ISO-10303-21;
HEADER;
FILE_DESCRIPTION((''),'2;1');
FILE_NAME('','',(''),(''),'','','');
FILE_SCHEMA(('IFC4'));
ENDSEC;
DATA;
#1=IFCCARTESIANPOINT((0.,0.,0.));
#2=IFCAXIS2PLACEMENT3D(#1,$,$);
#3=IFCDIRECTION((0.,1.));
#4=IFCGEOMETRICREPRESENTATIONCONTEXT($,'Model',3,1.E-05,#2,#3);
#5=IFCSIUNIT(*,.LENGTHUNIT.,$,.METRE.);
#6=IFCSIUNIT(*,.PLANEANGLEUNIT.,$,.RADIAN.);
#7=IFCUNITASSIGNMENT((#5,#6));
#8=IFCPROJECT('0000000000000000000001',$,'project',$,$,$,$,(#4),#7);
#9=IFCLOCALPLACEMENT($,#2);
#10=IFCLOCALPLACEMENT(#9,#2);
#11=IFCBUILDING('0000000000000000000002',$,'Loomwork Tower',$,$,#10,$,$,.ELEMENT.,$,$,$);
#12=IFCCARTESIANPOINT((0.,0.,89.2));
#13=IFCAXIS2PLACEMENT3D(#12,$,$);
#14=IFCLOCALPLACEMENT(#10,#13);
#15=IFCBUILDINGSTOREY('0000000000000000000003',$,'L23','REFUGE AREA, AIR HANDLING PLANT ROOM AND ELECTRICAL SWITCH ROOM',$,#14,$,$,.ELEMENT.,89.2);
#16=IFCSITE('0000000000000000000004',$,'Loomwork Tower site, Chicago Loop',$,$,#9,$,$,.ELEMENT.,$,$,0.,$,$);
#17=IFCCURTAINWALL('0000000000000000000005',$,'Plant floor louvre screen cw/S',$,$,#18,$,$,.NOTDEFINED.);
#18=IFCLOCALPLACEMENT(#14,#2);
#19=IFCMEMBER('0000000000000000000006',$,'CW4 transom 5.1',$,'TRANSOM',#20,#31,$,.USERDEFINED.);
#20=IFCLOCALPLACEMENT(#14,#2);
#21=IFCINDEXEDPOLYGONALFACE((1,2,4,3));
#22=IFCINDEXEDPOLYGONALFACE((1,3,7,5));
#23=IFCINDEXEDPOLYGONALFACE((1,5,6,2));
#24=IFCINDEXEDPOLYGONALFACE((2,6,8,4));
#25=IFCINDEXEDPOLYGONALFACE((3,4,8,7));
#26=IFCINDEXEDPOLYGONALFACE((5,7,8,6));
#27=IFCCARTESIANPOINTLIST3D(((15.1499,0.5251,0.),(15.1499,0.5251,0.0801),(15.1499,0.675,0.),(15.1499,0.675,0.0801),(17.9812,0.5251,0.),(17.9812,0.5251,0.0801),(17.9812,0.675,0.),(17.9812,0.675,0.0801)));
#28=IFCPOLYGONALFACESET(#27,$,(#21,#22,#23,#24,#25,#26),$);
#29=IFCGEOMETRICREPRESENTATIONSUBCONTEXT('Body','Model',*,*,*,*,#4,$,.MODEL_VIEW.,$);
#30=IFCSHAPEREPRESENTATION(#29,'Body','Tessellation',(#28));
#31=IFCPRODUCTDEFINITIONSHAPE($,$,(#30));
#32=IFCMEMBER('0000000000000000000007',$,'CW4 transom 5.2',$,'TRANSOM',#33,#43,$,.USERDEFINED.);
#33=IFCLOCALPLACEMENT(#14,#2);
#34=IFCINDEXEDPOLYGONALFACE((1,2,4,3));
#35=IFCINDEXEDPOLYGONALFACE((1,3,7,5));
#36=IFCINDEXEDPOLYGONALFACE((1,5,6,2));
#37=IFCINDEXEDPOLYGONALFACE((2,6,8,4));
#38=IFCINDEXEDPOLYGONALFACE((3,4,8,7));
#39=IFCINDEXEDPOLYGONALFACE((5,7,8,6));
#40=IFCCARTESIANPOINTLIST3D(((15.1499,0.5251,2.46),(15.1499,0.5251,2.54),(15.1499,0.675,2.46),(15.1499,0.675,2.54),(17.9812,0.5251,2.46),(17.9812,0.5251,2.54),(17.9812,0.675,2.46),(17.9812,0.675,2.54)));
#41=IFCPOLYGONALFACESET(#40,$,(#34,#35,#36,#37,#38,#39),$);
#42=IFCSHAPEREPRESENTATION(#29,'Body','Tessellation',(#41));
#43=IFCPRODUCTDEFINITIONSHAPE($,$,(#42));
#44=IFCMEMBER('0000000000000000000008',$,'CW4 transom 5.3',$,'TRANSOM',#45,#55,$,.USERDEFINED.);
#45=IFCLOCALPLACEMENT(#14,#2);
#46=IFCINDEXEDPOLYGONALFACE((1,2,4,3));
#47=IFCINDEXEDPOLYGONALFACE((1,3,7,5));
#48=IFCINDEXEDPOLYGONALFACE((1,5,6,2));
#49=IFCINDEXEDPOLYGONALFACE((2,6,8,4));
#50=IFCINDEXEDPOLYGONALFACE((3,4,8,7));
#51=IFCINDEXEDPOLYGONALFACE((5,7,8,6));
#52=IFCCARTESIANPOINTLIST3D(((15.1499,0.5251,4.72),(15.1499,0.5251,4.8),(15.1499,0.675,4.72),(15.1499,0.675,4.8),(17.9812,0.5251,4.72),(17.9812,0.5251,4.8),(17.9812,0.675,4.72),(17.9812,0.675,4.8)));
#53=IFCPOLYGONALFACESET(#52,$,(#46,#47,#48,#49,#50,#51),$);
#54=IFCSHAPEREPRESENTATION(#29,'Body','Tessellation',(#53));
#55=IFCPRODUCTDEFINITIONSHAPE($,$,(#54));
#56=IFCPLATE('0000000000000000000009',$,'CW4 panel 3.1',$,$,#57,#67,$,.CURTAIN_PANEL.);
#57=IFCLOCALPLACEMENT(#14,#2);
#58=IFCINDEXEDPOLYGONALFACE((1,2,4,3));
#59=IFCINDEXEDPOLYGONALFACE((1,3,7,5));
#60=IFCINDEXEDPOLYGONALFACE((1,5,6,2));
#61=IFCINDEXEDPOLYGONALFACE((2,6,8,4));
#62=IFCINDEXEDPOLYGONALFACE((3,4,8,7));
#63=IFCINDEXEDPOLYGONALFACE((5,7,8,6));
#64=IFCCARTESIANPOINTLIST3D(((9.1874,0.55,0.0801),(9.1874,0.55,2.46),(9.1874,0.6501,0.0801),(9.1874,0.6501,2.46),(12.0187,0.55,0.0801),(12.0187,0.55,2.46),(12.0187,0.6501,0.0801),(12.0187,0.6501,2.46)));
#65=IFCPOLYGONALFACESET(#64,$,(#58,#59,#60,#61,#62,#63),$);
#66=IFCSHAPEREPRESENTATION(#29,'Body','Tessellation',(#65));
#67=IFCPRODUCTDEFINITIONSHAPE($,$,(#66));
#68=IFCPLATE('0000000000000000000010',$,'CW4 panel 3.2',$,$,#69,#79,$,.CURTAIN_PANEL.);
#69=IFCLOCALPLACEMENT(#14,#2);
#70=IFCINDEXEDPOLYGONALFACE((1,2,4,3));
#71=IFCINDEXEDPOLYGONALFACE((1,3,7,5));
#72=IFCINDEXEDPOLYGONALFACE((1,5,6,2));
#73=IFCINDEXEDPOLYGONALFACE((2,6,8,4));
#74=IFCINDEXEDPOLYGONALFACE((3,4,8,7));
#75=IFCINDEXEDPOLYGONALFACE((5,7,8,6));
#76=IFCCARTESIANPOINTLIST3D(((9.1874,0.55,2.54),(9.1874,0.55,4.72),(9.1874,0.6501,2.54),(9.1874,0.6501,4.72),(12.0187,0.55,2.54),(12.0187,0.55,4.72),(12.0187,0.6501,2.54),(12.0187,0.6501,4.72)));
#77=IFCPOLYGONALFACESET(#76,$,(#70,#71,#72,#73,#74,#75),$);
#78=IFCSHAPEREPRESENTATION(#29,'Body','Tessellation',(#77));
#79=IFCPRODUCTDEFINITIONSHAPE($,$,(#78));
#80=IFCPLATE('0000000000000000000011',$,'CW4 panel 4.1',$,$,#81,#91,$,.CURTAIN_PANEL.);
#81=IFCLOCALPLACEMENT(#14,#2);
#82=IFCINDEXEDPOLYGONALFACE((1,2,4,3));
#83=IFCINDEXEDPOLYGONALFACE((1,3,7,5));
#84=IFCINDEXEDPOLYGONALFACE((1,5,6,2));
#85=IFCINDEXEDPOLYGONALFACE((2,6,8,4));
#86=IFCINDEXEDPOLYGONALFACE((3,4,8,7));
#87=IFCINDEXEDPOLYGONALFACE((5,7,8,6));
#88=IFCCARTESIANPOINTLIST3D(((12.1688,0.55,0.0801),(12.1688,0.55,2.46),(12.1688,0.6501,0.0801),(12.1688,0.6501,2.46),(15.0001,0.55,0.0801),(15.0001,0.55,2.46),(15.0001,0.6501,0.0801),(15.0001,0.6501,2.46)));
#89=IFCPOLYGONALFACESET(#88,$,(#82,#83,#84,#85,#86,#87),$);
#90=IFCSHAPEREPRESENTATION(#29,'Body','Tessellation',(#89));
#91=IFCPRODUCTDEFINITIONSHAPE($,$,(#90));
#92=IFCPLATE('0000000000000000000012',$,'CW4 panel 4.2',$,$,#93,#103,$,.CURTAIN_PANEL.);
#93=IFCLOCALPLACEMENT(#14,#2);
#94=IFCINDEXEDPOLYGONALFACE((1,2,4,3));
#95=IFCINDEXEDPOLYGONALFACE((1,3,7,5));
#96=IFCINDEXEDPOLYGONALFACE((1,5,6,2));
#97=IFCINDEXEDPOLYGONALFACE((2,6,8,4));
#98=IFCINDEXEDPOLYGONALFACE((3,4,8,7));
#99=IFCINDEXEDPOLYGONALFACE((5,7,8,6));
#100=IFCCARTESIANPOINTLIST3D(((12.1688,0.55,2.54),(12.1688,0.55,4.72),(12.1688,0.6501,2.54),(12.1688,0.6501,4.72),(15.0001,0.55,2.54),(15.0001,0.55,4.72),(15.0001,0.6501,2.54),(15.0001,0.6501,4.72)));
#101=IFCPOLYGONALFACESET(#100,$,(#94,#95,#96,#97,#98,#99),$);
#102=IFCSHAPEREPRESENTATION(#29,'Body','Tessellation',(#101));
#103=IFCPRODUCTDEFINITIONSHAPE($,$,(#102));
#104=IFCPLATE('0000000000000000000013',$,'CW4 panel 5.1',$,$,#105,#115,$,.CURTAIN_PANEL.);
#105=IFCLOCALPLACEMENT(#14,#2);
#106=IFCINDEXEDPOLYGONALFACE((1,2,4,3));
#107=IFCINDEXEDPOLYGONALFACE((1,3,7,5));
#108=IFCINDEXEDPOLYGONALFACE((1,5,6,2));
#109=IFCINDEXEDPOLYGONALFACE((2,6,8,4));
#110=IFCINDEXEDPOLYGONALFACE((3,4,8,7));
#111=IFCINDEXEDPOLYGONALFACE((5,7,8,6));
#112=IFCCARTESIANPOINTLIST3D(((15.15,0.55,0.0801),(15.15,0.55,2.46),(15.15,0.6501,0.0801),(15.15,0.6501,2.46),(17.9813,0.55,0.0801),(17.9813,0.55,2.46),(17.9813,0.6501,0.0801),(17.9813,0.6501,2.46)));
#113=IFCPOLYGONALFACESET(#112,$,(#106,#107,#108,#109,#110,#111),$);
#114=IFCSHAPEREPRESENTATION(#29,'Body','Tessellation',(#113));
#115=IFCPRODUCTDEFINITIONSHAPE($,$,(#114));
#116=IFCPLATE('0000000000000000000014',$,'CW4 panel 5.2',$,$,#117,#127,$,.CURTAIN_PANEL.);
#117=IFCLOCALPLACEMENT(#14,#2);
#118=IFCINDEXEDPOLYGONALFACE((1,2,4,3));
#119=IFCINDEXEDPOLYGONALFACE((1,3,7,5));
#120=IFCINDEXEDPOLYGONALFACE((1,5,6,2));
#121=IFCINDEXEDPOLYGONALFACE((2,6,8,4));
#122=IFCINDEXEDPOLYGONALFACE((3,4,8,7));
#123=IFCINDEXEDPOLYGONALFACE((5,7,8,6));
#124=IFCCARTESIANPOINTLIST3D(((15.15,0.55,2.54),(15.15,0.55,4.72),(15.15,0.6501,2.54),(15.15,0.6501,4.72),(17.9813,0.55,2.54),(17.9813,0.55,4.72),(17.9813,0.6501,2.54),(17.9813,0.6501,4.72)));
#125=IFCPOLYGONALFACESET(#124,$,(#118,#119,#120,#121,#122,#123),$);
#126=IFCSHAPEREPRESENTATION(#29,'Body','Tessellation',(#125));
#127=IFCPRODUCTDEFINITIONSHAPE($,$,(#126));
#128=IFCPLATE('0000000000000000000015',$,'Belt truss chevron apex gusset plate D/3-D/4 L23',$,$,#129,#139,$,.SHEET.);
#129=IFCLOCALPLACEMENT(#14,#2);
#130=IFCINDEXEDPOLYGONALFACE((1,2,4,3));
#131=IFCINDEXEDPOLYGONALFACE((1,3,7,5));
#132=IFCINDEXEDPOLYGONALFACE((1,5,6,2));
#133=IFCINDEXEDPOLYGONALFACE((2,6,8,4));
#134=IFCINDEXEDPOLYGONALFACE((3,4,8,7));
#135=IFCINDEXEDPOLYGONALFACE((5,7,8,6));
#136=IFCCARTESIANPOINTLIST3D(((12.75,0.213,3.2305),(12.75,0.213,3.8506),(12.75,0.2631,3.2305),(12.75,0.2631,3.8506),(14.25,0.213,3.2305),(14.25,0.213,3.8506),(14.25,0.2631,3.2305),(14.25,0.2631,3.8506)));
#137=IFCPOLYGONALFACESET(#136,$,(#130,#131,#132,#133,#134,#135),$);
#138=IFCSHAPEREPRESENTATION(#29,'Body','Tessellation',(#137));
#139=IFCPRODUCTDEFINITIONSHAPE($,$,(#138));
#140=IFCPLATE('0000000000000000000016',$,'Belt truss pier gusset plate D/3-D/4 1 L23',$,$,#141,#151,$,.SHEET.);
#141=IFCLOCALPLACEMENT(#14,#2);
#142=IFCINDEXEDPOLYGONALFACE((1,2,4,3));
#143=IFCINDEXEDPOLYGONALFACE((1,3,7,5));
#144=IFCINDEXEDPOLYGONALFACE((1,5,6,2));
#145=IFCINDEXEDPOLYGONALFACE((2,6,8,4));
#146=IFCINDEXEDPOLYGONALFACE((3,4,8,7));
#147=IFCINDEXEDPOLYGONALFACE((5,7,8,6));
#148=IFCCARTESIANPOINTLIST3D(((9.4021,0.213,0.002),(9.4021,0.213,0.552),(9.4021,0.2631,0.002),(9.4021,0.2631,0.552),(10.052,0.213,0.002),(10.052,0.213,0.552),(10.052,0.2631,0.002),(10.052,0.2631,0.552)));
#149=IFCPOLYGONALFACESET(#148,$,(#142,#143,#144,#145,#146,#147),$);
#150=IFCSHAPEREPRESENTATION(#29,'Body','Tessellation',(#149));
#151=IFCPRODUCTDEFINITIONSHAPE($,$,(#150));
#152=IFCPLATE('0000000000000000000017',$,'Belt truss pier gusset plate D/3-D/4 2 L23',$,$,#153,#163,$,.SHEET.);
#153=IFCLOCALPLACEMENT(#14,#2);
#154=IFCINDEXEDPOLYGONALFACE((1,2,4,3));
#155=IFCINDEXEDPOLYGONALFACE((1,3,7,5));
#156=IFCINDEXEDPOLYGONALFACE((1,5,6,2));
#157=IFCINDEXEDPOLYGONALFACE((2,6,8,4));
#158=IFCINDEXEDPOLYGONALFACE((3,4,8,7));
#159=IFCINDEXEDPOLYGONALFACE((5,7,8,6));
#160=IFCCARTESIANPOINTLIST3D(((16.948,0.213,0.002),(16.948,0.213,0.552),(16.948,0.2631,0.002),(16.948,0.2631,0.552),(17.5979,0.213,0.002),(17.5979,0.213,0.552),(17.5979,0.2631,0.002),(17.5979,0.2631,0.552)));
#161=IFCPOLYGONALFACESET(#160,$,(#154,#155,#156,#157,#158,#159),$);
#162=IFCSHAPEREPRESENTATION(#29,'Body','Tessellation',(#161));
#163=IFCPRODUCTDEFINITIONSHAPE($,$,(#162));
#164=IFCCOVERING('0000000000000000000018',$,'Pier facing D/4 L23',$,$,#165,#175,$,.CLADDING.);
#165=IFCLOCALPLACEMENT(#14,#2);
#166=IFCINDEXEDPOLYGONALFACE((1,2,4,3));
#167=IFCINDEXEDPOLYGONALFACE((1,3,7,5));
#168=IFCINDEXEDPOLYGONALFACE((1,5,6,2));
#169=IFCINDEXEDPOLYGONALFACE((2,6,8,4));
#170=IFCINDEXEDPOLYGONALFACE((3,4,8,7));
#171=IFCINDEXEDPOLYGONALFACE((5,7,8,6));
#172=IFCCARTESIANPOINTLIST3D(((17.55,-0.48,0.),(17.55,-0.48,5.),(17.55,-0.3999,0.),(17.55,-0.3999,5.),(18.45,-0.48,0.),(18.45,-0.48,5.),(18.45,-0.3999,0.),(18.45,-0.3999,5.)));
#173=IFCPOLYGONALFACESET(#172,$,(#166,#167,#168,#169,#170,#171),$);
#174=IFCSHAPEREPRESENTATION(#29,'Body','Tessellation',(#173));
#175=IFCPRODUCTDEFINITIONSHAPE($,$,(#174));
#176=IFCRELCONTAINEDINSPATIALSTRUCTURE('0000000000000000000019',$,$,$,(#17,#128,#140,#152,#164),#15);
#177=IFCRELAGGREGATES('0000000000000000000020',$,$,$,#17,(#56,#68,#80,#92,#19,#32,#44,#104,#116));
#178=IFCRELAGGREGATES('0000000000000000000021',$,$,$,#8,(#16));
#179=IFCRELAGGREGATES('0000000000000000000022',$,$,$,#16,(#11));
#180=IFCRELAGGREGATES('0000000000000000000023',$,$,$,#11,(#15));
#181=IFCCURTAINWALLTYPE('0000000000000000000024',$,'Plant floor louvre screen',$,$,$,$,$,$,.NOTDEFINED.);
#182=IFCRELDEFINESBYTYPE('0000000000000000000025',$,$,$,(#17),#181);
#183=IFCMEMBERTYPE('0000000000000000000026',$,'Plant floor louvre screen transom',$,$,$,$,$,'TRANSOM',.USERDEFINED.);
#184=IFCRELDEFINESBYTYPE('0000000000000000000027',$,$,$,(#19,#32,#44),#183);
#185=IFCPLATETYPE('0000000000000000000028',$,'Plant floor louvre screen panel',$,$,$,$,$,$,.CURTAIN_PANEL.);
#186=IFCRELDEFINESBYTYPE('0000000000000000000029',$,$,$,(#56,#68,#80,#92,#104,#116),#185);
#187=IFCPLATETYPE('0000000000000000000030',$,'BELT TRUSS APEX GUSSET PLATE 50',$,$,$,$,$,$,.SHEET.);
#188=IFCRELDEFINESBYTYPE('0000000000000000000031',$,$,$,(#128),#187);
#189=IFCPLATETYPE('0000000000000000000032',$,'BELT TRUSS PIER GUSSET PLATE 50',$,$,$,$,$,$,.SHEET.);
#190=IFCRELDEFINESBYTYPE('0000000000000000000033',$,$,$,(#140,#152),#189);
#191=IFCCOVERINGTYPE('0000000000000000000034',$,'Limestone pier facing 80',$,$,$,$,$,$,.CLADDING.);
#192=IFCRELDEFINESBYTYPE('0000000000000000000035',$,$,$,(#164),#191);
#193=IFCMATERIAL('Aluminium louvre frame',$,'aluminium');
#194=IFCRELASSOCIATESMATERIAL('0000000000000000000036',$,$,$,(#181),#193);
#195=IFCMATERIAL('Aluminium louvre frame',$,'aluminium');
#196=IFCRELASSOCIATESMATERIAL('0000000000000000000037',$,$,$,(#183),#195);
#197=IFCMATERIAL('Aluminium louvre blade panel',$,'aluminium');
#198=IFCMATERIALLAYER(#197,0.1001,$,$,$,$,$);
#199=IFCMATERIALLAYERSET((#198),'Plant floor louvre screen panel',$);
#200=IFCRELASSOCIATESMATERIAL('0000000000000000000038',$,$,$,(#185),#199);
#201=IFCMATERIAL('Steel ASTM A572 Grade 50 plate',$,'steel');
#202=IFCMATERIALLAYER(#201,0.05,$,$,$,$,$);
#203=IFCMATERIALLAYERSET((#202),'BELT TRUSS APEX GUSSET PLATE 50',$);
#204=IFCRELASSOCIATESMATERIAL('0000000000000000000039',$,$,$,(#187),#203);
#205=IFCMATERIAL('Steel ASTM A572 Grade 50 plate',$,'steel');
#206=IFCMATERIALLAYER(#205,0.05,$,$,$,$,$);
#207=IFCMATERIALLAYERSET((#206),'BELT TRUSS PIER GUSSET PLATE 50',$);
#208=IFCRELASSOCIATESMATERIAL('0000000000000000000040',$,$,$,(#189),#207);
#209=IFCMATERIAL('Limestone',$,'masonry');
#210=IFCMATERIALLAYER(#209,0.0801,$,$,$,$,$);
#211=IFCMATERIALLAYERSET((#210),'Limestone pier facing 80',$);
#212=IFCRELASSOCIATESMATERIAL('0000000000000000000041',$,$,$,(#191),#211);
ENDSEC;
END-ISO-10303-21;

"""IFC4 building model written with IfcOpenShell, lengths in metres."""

from ifc_helpers import new_model, si_unit, direction, frame, origin, origin_2d, place, context, subcontext, project, spatial, rectangle, extrude, material, layer, layer_set, material_profile, profile_set, type_object, element, aggregate, save


model = new_model("IFC4")

# Units and contexts
model_context = context("Model", 3, precision=1e-05, world=origin(), true_north=direction((0.0, 1.0)))
body_context = subcontext(model_context, "Body", "Model", "MODEL_VIEW")
ifc_project = project(units=[si_unit("LENGTHUNIT", "METRE"), si_unit("PLANEANGLEUNIT", "RADIAN")], contexts=[model_context])

# Site, building, storey
site_placement = place(None, origin())
site = spatial("IfcSite", under=ifc_project, at=site_placement, Name="Loomwork Tower site, Chicago Loop", CompositionType="ELEMENT", RefElevation=0.0)
building_placement = place(site_placement, origin())
building = spatial("IfcBuilding", under=site, at=building_placement, Name="Loomwork Tower", CompositionType="ELEMENT")
storey_placement = place(building_placement, frame((0.0, 0.0, 89.2)))
storey = spatial("IfcBuildingStorey", under=building, at=storey_placement, Name="L23", Description="REFUGE AREA, AIR HANDLING PLANT ROOM AND ELECTRICAL SWITCH ROOM", CompositionType="ELEMENT", Elevation=89.2)

# Curtain wall, members, plates
ifc_material_1 = material(Name="Aluminium louvre frame", Category="aluminium")
curtain_wall_type = type_object("IfcCurtainWallType", Name="Plant floor louvre screen", PredefinedType="NOTDEFINED", material=ifc_material_1)
curtain_wall_placement = place(storey_placement, origin())
curtain_wall = element("IfcCurtainWall", 1, at=curtain_wall_placement, inside=storey, type_object=curtain_wall_type, Name="Plant floor louvre screen cw/S", PredefinedType="NOTDEFINED")
ifc_material_2 = material(Name="Aluminium louvre frame", Category="aluminium")
ifc_material_profile_1 = material_profile(ifc_material_2, rectangle(XDim=0.1499, YDim=0.0801, at=origin_2d()), Name="AL 80x150")
ifc_profile_set_1 = profile_set([ifc_material_profile_1], Name="Aluminium louvre frame")
member_type_1 = type_object("IfcMemberType", Name="Plant floor louvre screen transom", ElementType="TRANSOM", PredefinedType="USERDEFINED", material=ifc_profile_set_1)
member_1_placement = place(storey_placement, frame((15.1499, 0.6001, 0.04), z_axis=(1.0, 0.0, 0.0), x_axis=(0.0, 1.0, 0.0)))
member_1 = element("IfcMember", 2, at=member_1_placement, type_object=member_type_1, Name="CW4 transom 5.1", ObjectType="TRANSOM", PredefinedType="USERDEFINED", context=body_context, shape_type="SweptSolid", body=[
    extrude(rectangle(XDim=0.1499, YDim=0.0801, at=origin_2d()), origin(), (0.0, 0.0, 1.0), 2.8313),
])
member_2_placement = place(storey_placement, frame((15.1499, 0.6001, 2.5), z_axis=(1.0, 0.0, 0.0), x_axis=(0.0, 1.0, 0.0)))
member_2 = element("IfcMember", 3, at=member_2_placement, type_object=member_type_1, Name="CW4 transom 5.2", ObjectType="TRANSOM", PredefinedType="USERDEFINED", context=body_context, shape_type="SweptSolid", body=[
    extrude(rectangle(XDim=0.1499, YDim=0.0801, at=origin_2d()), origin(), (0.0, 0.0, 1.0), 2.8313),
])
member_3_placement = place(storey_placement, frame((15.1499, 0.6001, 4.76), z_axis=(1.0, 0.0, 0.0), x_axis=(0.0, 1.0, 0.0)))
member_3 = element("IfcMember", 4, at=member_3_placement, type_object=member_type_1, Name="CW4 transom 5.3", ObjectType="TRANSOM", PredefinedType="USERDEFINED", context=body_context, shape_type="SweptSolid", body=[
    extrude(rectangle(XDim=0.1499, YDim=0.0801, at=origin_2d()), origin(), (0.0, 0.0, 1.0), 2.8313),
])
ifc_material_3 = material(Name="Aluminium louvre blade panel", Category="aluminium")
ifc_layer_1 = layer(ifc_material_3, 0.1001)
ifc_layer_set_1 = layer_set([ifc_layer_1], Name="Plant floor louvre screen panel")
plate_type_1 = type_object("IfcPlateType", Name="Plant floor louvre screen panel", PredefinedType="CURTAIN_PANEL", material=ifc_layer_set_1)
plate_1_placement = place(storey_placement, frame((10.603, 0.6001, 0.0801), z_axis=(0.0, 0.0, 1.0), x_axis=(1.0, 0.0, 0.0)))
plate_1 = element("IfcPlate", 5, at=plate_1_placement, type_object=plate_type_1, Name="CW4 panel 3.1", PredefinedType="CURTAIN_PANEL", context=body_context, shape_type="SweptSolid", body=[
    extrude(rectangle(XDim=2.8313, YDim=0.1001, at=origin_2d()), origin(), (0.0, 0.0, 1.0), 2.3799),
])
plate_2_placement = place(storey_placement, frame((10.603, 0.6001, 2.54), z_axis=(0.0, 0.0, 1.0), x_axis=(1.0, 0.0, 0.0)))
plate_2 = element("IfcPlate", 6, at=plate_2_placement, type_object=plate_type_1, Name="CW4 panel 3.2", PredefinedType="CURTAIN_PANEL", context=body_context, shape_type="SweptSolid", body=[
    extrude(rectangle(XDim=2.8313, YDim=0.1001, at=origin_2d()), origin(), (0.0, 0.0, 1.0), 2.1799),
])
plate_3_placement = place(storey_placement, frame((13.5845, 0.6001, 0.0801), z_axis=(0.0, 0.0, 1.0), x_axis=(1.0, 0.0, 0.0)))
plate_3 = element("IfcPlate", 7, at=plate_3_placement, type_object=plate_type_1, Name="CW4 panel 4.1", PredefinedType="CURTAIN_PANEL", context=body_context, shape_type="SweptSolid", body=[
    extrude(rectangle(XDim=2.8313, YDim=0.1001, at=origin_2d()), origin(), (0.0, 0.0, 1.0), 2.3799),
])
plate_4_placement = place(storey_placement, frame((13.5845, 0.6001, 2.54), z_axis=(0.0, 0.0, 1.0), x_axis=(1.0, 0.0, 0.0)))
plate_4 = element("IfcPlate", 8, at=plate_4_placement, type_object=plate_type_1, Name="CW4 panel 4.2", PredefinedType="CURTAIN_PANEL", context=body_context, shape_type="SweptSolid", body=[
    extrude(rectangle(XDim=2.8313, YDim=0.1001, at=origin_2d()), origin(), (0.0, 0.0, 1.0), 2.1799),
])
plate_5_placement = place(storey_placement, frame((16.5657, 0.6001, 0.0801), z_axis=(0.0, 0.0, 1.0), x_axis=(1.0, 0.0, 0.0)))
plate_5 = element("IfcPlate", 9, at=plate_5_placement, type_object=plate_type_1, Name="CW4 panel 5.1", PredefinedType="CURTAIN_PANEL", context=body_context, shape_type="SweptSolid", body=[
    extrude(rectangle(XDim=2.8313, YDim=0.1001, at=origin_2d()), origin(), (0.0, 0.0, 1.0), 2.3799),
])
plate_6_placement = place(storey_placement, frame((16.5657, 0.6001, 2.54), z_axis=(0.0, 0.0, 1.0), x_axis=(1.0, 0.0, 0.0)))
plate_6 = element("IfcPlate", 10, at=plate_6_placement, type_object=plate_type_1, Name="CW4 panel 5.2", PredefinedType="CURTAIN_PANEL", context=body_context, shape_type="SweptSolid", body=[
    extrude(rectangle(XDim=2.8313, YDim=0.1001, at=origin_2d()), origin(), (0.0, 0.0, 1.0), 2.1799),
])
aggregate(curtain_wall, [plate_1, plate_2, plate_3, plate_4, member_1, member_2, member_3, plate_5, plate_6])

# Plates
ifc_material_4 = material(Name="Steel ASTM A572 Grade 50 plate", Category="steel")
ifc_layer_2 = layer(ifc_material_4, 0.05)
ifc_layer_set_2 = layer_set([ifc_layer_2], Name="BELT TRUSS APEX GUSSET PLATE 50")
plate_type_2 = type_object("IfcPlateType", Name="BELT TRUSS APEX GUSSET PLATE 50", PredefinedType="SHEET", material=ifc_layer_set_2)
plate_7_placement = place(storey_placement, frame((13.5, 0.238, 3.2305), z_axis=(0.0, 0.0, 1.0), x_axis=(1.0, 0.0, 0.0)))
element("IfcPlate", 11, at=plate_7_placement, inside=storey, type_object=plate_type_2, Name="Belt truss chevron apex gusset plate D/3-D/4 L23", PredefinedType="SHEET", context=body_context, shape_type="SweptSolid", body=[
    extrude(rectangle(XDim=1.5, YDim=0.05, at=origin_2d()), origin(), (0.0, 0.0, 1.0), 0.6201),
])
ifc_material_5 = material(Name="Steel ASTM A572 Grade 50 plate", Category="steel")
ifc_layer_3 = layer(ifc_material_5, 0.05)
ifc_layer_set_3 = layer_set([ifc_layer_3], Name="BELT TRUSS PIER GUSSET PLATE 50")
plate_type_3 = type_object("IfcPlateType", Name="BELT TRUSS PIER GUSSET PLATE 50", PredefinedType="SHEET", material=ifc_layer_set_3)
for number, where, z_axis, x_axis, name in (
    (12, (9.7271, 0.238, 0.002), (0.0, 0.0, 1.0), (1.0, 0.0, 0.0), "Belt truss pier gusset plate D/3-D/4 1 L23"),
    (13, (17.2729, 0.238, 0.002), (0.0, 0.0, 1.0), (1.0, 0.0, 0.0), "Belt truss pier gusset plate D/3-D/4 2 L23"),
):
    element("IfcPlate", number, at=place(storey_placement, frame(where, z_axis=z_axis, x_axis=x_axis)), inside=storey, type_object=plate_type_3, Name=name, PredefinedType="SHEET", context=body_context, shape_type="SweptSolid", body=[
        extrude(rectangle(XDim=0.6499, YDim=0.05, at=origin_2d()), origin(), (0.0, 0.0, 1.0), 0.55),
    ])

# Covering
ifc_material_6 = material(Name="Limestone", Category="masonry")
ifc_layer_4 = layer(ifc_material_6, 0.0801)
ifc_layer_set_4 = layer_set([ifc_layer_4], Name="Limestone pier facing 80")
covering_type = type_object("IfcCoveringType", Name="Limestone pier facing 80", PredefinedType="CLADDING", material=ifc_layer_set_4)
covering_placement = place(storey_placement, frame((18.0, -0.4399, 0.0), z_axis=(0.0, 0.0, 1.0), x_axis=(1.0, 0.0, 0.0)))
element("IfcCovering", 14, at=covering_placement, inside=storey, type_object=covering_type, Name="Pier facing D/4 L23", PredefinedType="CLADDING", context=body_context, shape_type="SweptSolid", body=[
    extrude(rectangle(XDim=0.8999, YDim=0.0801, at=origin_2d()), origin(), (0.0, 0.0, 1.0), 5.0),
])

save(model, "model.ifc")
